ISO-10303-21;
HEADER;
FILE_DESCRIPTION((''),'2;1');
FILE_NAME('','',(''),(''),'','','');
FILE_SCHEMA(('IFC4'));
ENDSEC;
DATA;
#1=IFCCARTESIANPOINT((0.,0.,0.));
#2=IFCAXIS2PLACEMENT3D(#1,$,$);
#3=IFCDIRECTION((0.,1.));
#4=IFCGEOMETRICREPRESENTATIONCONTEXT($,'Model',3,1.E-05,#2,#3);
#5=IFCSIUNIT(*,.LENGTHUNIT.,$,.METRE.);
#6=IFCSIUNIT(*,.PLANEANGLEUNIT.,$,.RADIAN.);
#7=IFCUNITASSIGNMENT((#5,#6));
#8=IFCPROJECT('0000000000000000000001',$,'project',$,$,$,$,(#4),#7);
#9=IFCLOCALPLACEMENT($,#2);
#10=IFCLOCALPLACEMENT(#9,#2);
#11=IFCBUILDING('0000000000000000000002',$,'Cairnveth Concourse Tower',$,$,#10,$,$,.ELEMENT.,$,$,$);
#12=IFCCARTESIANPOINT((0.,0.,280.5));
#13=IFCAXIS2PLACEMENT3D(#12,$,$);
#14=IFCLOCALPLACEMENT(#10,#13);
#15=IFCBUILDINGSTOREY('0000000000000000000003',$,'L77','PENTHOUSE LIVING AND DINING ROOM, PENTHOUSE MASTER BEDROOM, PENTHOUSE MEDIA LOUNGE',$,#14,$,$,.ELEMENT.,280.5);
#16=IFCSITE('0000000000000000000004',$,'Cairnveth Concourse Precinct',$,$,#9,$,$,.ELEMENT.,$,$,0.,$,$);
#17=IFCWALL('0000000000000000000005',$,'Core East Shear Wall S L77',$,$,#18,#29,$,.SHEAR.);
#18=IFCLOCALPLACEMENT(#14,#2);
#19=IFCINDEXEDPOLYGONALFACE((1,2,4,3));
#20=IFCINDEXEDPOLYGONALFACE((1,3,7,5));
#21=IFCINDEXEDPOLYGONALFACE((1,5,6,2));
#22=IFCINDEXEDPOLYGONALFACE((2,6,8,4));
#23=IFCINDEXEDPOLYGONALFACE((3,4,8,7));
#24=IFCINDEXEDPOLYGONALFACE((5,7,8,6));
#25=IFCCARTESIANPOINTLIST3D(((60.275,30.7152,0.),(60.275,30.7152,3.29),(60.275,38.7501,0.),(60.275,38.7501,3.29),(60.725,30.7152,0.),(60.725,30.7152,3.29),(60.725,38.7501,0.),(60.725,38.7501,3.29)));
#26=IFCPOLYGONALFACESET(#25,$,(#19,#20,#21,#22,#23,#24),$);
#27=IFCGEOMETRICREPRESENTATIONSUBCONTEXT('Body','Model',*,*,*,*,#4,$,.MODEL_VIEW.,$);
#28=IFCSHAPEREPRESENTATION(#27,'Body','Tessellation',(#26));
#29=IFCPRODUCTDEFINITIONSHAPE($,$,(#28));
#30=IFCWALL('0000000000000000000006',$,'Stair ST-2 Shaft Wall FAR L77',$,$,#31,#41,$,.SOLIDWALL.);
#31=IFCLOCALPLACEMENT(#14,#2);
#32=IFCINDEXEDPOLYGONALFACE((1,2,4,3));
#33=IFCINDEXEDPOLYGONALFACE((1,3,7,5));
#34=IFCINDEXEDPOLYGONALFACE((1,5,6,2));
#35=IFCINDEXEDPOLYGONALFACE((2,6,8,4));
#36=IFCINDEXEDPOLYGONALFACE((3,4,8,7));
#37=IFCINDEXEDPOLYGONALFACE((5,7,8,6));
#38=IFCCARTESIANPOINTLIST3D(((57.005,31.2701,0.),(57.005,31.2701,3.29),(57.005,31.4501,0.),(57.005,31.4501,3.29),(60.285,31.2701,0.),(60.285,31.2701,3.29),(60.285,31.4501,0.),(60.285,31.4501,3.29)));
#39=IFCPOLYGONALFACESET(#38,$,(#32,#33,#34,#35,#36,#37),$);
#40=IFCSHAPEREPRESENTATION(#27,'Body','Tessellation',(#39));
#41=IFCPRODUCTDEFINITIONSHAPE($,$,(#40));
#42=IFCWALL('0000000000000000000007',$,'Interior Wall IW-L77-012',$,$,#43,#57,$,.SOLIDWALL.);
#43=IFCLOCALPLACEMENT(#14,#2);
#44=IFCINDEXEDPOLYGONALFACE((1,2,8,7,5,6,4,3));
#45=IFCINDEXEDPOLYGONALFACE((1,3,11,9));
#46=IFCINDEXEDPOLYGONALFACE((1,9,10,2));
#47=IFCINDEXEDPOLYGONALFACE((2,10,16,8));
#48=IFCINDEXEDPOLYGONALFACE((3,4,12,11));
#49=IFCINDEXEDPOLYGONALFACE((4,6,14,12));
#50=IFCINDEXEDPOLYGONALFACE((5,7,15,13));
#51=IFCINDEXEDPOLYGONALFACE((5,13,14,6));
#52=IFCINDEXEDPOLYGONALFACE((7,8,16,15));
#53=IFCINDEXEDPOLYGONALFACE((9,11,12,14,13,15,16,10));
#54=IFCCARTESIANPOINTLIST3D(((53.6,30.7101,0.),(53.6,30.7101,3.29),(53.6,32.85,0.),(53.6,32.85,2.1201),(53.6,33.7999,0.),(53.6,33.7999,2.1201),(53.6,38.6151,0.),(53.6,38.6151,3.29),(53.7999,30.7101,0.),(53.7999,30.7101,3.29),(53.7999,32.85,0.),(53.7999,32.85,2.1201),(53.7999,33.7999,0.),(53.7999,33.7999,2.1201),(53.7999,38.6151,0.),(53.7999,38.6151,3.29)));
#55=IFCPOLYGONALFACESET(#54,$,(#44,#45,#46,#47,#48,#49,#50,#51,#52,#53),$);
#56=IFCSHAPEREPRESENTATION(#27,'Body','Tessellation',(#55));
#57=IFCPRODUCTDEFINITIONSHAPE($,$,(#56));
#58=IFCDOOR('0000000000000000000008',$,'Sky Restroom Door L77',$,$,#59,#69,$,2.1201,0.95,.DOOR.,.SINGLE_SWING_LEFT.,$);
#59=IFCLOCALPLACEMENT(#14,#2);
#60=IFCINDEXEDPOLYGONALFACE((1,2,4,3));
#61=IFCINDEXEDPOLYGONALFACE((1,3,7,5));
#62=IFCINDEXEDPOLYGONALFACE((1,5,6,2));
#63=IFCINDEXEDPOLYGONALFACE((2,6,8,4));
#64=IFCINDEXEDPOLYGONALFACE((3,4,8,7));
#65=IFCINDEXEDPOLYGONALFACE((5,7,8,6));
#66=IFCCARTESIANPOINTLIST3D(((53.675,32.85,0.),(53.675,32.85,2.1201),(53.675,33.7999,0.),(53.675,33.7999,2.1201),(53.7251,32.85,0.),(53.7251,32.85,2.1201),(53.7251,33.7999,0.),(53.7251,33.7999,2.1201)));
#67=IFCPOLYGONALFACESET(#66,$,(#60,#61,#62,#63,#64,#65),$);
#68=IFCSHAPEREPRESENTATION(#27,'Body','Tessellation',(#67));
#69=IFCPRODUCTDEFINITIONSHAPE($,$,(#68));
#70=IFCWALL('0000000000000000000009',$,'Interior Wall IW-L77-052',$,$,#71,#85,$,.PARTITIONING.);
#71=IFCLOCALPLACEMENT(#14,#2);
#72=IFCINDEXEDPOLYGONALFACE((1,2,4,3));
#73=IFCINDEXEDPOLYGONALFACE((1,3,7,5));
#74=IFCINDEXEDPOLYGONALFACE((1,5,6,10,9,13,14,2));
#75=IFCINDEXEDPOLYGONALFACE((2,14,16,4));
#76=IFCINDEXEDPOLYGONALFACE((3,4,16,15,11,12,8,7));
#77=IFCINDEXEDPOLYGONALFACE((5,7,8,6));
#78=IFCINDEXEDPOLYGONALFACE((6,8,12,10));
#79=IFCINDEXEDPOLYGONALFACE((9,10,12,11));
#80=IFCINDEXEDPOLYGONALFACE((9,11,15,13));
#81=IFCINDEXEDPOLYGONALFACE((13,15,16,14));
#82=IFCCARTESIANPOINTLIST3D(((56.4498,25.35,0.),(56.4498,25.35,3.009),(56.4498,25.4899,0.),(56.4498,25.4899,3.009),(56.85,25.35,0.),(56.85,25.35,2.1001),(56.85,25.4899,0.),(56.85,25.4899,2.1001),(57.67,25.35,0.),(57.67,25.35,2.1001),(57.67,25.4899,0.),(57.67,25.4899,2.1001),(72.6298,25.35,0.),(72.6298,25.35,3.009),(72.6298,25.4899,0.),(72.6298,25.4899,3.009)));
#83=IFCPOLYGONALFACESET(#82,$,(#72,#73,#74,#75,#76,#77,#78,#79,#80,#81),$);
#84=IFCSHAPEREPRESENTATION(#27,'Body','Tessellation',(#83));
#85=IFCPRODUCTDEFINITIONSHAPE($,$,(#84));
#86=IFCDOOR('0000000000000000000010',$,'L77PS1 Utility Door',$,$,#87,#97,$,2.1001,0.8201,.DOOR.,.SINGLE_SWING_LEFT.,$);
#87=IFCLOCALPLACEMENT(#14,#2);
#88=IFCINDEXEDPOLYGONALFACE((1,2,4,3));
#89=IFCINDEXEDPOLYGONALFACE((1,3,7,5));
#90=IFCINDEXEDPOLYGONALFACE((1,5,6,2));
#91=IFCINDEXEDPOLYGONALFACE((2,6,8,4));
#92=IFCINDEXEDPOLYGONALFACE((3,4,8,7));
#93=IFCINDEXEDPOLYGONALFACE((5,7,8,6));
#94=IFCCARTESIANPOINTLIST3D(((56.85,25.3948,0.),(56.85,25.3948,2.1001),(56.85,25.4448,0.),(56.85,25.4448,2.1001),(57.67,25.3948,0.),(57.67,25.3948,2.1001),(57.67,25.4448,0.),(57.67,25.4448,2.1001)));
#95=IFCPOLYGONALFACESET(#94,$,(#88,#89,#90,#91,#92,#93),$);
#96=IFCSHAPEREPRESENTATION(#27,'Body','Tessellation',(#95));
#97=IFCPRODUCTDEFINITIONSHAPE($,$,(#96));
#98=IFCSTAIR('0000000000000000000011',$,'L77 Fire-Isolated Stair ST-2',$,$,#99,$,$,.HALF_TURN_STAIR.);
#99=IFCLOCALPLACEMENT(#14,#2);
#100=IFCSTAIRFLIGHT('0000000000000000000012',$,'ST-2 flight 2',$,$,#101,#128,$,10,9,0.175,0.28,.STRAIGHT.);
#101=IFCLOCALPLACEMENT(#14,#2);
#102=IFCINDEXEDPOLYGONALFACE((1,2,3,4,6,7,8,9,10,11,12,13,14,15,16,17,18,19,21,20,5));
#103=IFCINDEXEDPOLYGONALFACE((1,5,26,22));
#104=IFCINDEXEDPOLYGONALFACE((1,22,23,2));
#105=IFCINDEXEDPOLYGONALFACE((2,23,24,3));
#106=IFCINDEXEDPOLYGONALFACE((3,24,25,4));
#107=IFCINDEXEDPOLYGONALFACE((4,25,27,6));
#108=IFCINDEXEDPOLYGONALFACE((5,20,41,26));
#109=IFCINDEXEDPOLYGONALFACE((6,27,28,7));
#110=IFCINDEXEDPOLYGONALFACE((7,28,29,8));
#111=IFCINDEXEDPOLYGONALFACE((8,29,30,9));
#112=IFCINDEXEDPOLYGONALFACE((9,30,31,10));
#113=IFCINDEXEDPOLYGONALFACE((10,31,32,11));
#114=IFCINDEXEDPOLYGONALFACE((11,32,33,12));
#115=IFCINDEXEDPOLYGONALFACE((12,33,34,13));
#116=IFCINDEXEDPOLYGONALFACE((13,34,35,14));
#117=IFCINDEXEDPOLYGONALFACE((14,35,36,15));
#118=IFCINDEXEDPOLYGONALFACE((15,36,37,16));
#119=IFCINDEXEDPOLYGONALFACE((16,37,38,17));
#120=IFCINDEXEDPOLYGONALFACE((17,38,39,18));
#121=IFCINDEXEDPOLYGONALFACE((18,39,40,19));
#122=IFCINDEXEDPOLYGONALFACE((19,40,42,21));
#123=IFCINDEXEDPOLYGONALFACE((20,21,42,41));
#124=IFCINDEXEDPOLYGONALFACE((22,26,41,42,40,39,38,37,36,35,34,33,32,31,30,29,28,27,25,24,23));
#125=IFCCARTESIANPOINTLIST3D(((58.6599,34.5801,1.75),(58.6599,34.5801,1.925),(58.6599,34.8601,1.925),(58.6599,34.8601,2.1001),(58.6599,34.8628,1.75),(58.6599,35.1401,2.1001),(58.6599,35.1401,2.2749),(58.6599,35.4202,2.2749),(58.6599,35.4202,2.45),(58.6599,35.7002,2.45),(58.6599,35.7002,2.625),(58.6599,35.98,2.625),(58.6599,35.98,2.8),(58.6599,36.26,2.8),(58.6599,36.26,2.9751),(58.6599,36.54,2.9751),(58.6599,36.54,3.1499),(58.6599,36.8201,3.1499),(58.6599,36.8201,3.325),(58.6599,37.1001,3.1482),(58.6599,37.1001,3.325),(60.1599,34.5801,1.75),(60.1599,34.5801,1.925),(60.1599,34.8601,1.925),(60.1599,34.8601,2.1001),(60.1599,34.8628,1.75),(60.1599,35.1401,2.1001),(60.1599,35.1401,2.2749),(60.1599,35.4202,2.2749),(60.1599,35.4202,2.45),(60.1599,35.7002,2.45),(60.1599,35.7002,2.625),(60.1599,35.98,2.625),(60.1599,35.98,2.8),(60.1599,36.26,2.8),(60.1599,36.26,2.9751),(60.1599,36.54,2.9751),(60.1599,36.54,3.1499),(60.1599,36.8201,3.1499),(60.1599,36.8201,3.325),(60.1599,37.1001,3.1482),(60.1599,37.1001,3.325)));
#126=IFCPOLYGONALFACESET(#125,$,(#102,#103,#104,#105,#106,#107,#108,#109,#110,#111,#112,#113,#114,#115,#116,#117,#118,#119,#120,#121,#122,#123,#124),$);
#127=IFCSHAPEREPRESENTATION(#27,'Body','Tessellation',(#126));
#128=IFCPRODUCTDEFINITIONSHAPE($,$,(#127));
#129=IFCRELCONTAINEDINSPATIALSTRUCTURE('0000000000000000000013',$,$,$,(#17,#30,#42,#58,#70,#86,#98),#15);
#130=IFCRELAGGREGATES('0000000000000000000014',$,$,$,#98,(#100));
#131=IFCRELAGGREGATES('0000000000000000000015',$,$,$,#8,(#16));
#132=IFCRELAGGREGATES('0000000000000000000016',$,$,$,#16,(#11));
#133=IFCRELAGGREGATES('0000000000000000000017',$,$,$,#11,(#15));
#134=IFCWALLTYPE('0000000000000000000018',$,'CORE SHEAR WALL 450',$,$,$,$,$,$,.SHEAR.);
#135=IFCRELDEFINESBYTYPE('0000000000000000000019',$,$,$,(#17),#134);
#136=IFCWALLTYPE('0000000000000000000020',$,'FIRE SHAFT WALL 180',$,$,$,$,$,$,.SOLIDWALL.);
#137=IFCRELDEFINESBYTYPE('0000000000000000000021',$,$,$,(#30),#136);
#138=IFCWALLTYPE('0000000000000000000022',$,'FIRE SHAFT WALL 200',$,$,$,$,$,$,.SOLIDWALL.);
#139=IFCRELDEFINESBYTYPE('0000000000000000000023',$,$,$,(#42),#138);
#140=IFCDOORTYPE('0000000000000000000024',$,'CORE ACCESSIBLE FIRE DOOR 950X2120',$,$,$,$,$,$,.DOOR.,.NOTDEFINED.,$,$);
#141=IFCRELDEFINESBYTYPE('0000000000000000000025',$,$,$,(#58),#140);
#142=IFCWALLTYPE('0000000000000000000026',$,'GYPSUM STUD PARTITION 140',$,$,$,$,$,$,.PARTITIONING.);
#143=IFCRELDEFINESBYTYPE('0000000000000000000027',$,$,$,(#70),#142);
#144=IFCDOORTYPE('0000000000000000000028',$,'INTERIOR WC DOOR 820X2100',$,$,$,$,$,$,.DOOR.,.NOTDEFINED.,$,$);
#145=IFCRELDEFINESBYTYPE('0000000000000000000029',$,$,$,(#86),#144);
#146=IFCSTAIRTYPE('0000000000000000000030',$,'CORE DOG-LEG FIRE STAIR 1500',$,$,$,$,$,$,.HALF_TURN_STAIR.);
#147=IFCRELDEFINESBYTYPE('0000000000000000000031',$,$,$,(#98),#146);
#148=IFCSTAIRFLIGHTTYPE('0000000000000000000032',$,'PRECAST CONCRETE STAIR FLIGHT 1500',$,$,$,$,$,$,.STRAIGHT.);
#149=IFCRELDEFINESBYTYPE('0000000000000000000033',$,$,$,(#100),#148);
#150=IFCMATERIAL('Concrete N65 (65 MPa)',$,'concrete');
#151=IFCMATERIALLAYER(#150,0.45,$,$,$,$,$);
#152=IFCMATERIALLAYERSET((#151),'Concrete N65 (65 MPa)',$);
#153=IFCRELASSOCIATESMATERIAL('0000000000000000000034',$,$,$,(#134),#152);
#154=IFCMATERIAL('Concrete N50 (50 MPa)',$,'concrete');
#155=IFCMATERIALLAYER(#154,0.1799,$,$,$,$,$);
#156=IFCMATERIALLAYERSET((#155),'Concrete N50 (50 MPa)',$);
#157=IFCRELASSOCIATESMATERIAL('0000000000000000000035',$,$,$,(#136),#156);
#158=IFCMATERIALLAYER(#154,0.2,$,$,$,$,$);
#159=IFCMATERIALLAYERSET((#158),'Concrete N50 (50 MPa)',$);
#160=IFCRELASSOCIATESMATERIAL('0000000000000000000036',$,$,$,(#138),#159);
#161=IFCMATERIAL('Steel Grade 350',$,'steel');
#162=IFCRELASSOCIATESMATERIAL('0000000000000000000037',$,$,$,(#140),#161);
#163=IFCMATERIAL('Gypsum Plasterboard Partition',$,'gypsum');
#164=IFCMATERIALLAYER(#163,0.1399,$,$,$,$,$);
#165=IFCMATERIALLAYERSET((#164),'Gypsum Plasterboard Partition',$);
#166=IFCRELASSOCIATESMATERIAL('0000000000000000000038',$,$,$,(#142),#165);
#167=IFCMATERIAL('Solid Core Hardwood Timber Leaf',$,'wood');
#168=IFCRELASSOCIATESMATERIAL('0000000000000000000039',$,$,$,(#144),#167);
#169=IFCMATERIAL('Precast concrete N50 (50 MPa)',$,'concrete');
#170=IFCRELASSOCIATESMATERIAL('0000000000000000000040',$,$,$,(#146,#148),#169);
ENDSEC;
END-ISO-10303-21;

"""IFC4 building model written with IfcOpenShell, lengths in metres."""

from ifc_helpers import new_model, si_unit, direction, frame, frame_2d, origin, place, context, subcontext, project, spatial, polyline, rectangle, outline, extrude, material, layer, layer_set, type_object, element, fill, aggregate, save


model = new_model("IFC4")

# Units and contexts
model_context = context("Model", 3, precision=1e-05, world=origin(), true_north=direction((0.0, 1.0)))
body_context = subcontext(model_context, "Body", "Model", "MODEL_VIEW")
ifc_project = project(units=[si_unit("LENGTHUNIT", "METRE"), si_unit("PLANEANGLEUNIT", "RADIAN")], contexts=[model_context])

# Site, building, storey
site_placement = place(None, origin())
site = spatial("IfcSite", under=ifc_project, at=site_placement, Name="Cairnveth Concourse Precinct", CompositionType="ELEMENT", RefElevation=0.0)
building_placement = place(site_placement, origin())
building = spatial("IfcBuilding", under=site, at=building_placement, Name="Cairnveth Concourse Tower", CompositionType="ELEMENT")
storey_placement = place(building_placement, frame((0.0, 0.0, 280.5)))
storey = spatial("IfcBuildingStorey", under=building, at=storey_placement, Name="L77", Description="PENTHOUSE LIVING AND DINING ROOM, PENTHOUSE MASTER BEDROOM, PENTHOUSE MEDIA LOUNGE", CompositionType="ELEMENT", Elevation=280.5)

# Shared definitions
ifc_material_1 = material(Name="Steel Grade 350", Category="steel")

# Shared definitions
ifc_material_2 = material(Name="Gypsum Plasterboard Partition", Category="gypsum")

# Shared definitions
ifc_material_3 = material(Name="Solid Core Hardwood Timber Leaf", Category="wood")

# Walls
ifc_material_4 = material(Name="Concrete N65 (65 MPa)", Category="concrete")
ifc_layer_1 = layer(ifc_material_4, 0.45)
ifc_layer_set_1 = layer_set([ifc_layer_1], Name="Concrete N65 (65 MPa)")
wall_type_1 = type_object("IfcWallType", Name="CORE SHEAR WALL 450", PredefinedType="SHEAR", material=ifc_layer_set_1)
wall_1_placement = place(storey_placement, frame((60.5, 30.7151, 0.0), z_axis=(0.0, 0.0, 1.0), x_axis=(0.0, 1.0, 0.0)))
element("IfcWall", 1, at=wall_1_placement, inside=storey, type_object=wall_type_1, Name="Core East Shear Wall S L77", PredefinedType="SHEAR", context=body_context, shape_type="SweptSolid", body=[
    extrude(rectangle(XDim=8.0349, YDim=0.45, at=frame_2d((4.0176, 0.0))), origin(), (0.0, 0.0, 1.0), 3.29),
])
ifc_material_5 = material(Name="Concrete N50 (50 MPa)", Category="concrete")
ifc_layer_2 = layer(ifc_material_5, 0.1799)
ifc_layer_set_2 = layer_set([ifc_layer_2], Name="Concrete N50 (50 MPa)")
wall_type_2 = type_object("IfcWallType", Name="FIRE SHAFT WALL 180", PredefinedType="SOLIDWALL", material=ifc_layer_set_2)
wall_2_placement = place(storey_placement, frame((57.0049, 31.3601, 0.0), z_axis=(0.0, 0.0, 1.0), x_axis=(1.0, 0.0, 0.0)))
element("IfcWall", 2, at=wall_2_placement, inside=storey, type_object=wall_type_2, Name="Stair ST-2 Shaft Wall FAR L77", PredefinedType="SOLIDWALL", context=body_context, shape_type="SweptSolid", body=[
    extrude(rectangle(XDim=3.28, YDim=0.1799, at=frame_2d((1.6401, 0.0))), origin(), (0.0, 0.0, 1.0), 3.29),
])

# Walls, openings, doors
ifc_layer_3 = layer(ifc_material_5, 0.2)
ifc_layer_set_3 = layer_set([ifc_layer_3], Name="Concrete N50 (50 MPa)")
wall_type_3 = type_object("IfcWallType", Name="FIRE SHAFT WALL 200", PredefinedType="SOLIDWALL", material=ifc_layer_set_3)
wall_3_placement = place(storey_placement, frame((53.7, 30.71, 0.0), z_axis=(0.0, 0.0, 1.0), x_axis=(0.0, 1.0, 0.0)))
wall_3 = element("IfcWall", 3, at=wall_3_placement, inside=storey, type_object=wall_type_3, Name="Interior Wall IW-L77-012", PredefinedType="SOLIDWALL", context=body_context, shape_type="SweptSolid", body=[
    extrude(rectangle(XDim=7.905, YDim=0.2, at=frame_2d((3.9526, 0.0))), origin(), (0.0, 0.0, 1.0), 3.29),
])
opening_1_placement = place(wall_3_placement, frame((2.1399, 0.0, 0.0)))
opening_1 = element("IfcOpeningElement", 4, at=opening_1_placement, cuts=wall_3, PredefinedType="OPENING", context=body_context, shape_type="SweptSolid", body=[
    extrude(rectangle(XDim=0.95, YDim=2.1201, at=frame_2d((0.4751, 1.0601))), frame((0.0, 0.1099, 0.0), z_axis=(0.0, -1.0, 0.0), x_axis=(1.0, 0.0, 0.0)), (0.0, 0.0, 1.0), 0.22),
])
door_type_1 = type_object("IfcDoorType", Name="CORE ACCESSIBLE FIRE DOOR 950X2120", OperationType="NOTDEFINED", PredefinedType="DOOR", material=ifc_material_1)
door_1_placement = place(opening_1_placement, origin())
door_1 = element("IfcDoor", 5, at=door_1_placement, inside=storey, type_object=door_type_1, Name="Sky Restroom Door L77", OperationType="SINGLE_SWING_LEFT", OverallHeight=2.1201, OverallWidth=0.95, PredefinedType="DOOR", context=body_context, shape_type="SweptSolid", body=[
    extrude(rectangle(XDim=0.95, YDim=2.1201, at=frame_2d((0.4751, 1.0601))), frame((0.0, 0.0249, 0.0), z_axis=(0.0, -1.0, 0.0), x_axis=(1.0, 0.0, 0.0)), (0.0, 0.0, 1.0), 0.05),
])
fill(opening_1, door_1)
ifc_layer_4 = layer(ifc_material_2, 0.1399)
ifc_layer_set_4 = layer_set([ifc_layer_4], Name="Gypsum Plasterboard Partition")
wall_type_4 = type_object("IfcWallType", Name="GYPSUM STUD PARTITION 140", PredefinedType="PARTITIONING", material=ifc_layer_set_4)
wall_4_placement = place(storey_placement, frame((56.45, 25.4199, 0.0), z_axis=(0.0, 0.0, 1.0), x_axis=(1.0, 0.0, 0.0)))
wall_4 = element("IfcWall", 6, at=wall_4_placement, inside=storey, type_object=wall_type_4, Name="Interior Wall IW-L77-052", PredefinedType="PARTITIONING", context=body_context, shape_type="SweptSolid", body=[
    extrude(rectangle(XDim=16.1799, YDim=0.1399, at=frame_2d((8.0898, 0.0))), origin(), (0.0, 0.0, 1.0), 3.009),
])
opening_2_placement = place(wall_4_placement, frame((0.3999, 0.0, 0.0)))
opening_2 = element("IfcOpeningElement", 7, at=opening_2_placement, cuts=wall_4, PredefinedType="OPENING", context=body_context, shape_type="SweptSolid", body=[
    extrude(rectangle(XDim=0.8201, YDim=2.1001, at=frame_2d((0.4102, 1.05))), frame((0.0, 0.0798, 0.0), z_axis=(0.0, -1.0, 0.0), x_axis=(1.0, 0.0, 0.0)), (0.0, 0.0, 1.0), 0.1599),
])
door_type_2 = type_object("IfcDoorType", Name="INTERIOR WC DOOR 820X2100", OperationType="NOTDEFINED", PredefinedType="DOOR", material=ifc_material_3)
door_2_placement = place(opening_2_placement, origin())
door_2 = element("IfcDoor", 8, at=door_2_placement, inside=storey, type_object=door_type_2, Name="L77PS1 Utility Door", OperationType="SINGLE_SWING_LEFT", OverallHeight=2.1001, OverallWidth=0.8201, PredefinedType="DOOR", context=body_context, shape_type="SweptSolid", body=[
    extrude(rectangle(XDim=0.8201, YDim=2.1001, at=frame_2d((0.4102, 1.05))), frame((0.0, 0.0249, 0.0), z_axis=(0.0, -1.0, 0.0), x_axis=(1.0, 0.0, 0.0)), (0.0, 0.0, 1.0), 0.05),
])
fill(opening_2, door_2)

# Stair, stair flight
ifc_material_6 = material(Name="Precast concrete N50 (50 MPa)", Category="concrete")
stair_type = type_object("IfcStairType", Name="CORE DOG-LEG FIRE STAIR 1500", PredefinedType="HALF_TURN_STAIR", material=ifc_material_6)
stair_placement = place(storey_placement, origin())
stair = element("IfcStair", 9, at=stair_placement, inside=storey, type_object=stair_type, Name="L77 Fire-Isolated Stair ST-2", PredefinedType="HALF_TURN_STAIR")
stair_flight_type = type_object("IfcStairFlightType", Name="PRECAST CONCRETE STAIR FLIGHT 1500", PredefinedType="STRAIGHT", material=ifc_material_6)
stair_flight_placement = place(storey_placement, frame((59.4099, 34.5801, 1.75), z_axis=(0.0, 0.0, 1.0), x_axis=(0.0, 1.0, 0.0)))
stair_flight = element("IfcStairFlight", 10, at=stair_flight_placement, type_object=stair_flight_type, Name="ST-2 flight 2", NumberOfRisers=10, NumberOfTreads=9, PredefinedType="STRAIGHT", RiserHeight=0.175, TreadLength=0.28, context=body_context, shape_type="SweptSolid", body=[
    extrude(outline(polyline([(0.0, 0.0), (0.0, 0.175), (0.28, 0.175), (0.28, 0.3501), (0.5601, 0.3501), (0.5601, 0.5249), (0.8401, 0.5249), (0.8401, 0.7), (1.1201, 0.7), (1.1201, 0.875), (1.3999, 0.875), (1.3999, 1.05), (1.6799, 1.05), (1.6799, 1.2251), (1.96, 1.2251), (1.96, 1.3999), (2.24, 1.3999), (2.24, 1.575), (2.52, 1.575), (2.52, 1.75), (2.52, 1.3982), (0.2827, 0.0), (0.0, 0.0)])), frame((0.0, 0.75, 0.0), z_axis=(0.0, -1.0, 0.0), x_axis=(1.0, 0.0, 0.0)), (0.0, 0.0, 1.0), 1.5),
])
aggregate(stair, [stair_flight])

save(model, "model.ifc")
